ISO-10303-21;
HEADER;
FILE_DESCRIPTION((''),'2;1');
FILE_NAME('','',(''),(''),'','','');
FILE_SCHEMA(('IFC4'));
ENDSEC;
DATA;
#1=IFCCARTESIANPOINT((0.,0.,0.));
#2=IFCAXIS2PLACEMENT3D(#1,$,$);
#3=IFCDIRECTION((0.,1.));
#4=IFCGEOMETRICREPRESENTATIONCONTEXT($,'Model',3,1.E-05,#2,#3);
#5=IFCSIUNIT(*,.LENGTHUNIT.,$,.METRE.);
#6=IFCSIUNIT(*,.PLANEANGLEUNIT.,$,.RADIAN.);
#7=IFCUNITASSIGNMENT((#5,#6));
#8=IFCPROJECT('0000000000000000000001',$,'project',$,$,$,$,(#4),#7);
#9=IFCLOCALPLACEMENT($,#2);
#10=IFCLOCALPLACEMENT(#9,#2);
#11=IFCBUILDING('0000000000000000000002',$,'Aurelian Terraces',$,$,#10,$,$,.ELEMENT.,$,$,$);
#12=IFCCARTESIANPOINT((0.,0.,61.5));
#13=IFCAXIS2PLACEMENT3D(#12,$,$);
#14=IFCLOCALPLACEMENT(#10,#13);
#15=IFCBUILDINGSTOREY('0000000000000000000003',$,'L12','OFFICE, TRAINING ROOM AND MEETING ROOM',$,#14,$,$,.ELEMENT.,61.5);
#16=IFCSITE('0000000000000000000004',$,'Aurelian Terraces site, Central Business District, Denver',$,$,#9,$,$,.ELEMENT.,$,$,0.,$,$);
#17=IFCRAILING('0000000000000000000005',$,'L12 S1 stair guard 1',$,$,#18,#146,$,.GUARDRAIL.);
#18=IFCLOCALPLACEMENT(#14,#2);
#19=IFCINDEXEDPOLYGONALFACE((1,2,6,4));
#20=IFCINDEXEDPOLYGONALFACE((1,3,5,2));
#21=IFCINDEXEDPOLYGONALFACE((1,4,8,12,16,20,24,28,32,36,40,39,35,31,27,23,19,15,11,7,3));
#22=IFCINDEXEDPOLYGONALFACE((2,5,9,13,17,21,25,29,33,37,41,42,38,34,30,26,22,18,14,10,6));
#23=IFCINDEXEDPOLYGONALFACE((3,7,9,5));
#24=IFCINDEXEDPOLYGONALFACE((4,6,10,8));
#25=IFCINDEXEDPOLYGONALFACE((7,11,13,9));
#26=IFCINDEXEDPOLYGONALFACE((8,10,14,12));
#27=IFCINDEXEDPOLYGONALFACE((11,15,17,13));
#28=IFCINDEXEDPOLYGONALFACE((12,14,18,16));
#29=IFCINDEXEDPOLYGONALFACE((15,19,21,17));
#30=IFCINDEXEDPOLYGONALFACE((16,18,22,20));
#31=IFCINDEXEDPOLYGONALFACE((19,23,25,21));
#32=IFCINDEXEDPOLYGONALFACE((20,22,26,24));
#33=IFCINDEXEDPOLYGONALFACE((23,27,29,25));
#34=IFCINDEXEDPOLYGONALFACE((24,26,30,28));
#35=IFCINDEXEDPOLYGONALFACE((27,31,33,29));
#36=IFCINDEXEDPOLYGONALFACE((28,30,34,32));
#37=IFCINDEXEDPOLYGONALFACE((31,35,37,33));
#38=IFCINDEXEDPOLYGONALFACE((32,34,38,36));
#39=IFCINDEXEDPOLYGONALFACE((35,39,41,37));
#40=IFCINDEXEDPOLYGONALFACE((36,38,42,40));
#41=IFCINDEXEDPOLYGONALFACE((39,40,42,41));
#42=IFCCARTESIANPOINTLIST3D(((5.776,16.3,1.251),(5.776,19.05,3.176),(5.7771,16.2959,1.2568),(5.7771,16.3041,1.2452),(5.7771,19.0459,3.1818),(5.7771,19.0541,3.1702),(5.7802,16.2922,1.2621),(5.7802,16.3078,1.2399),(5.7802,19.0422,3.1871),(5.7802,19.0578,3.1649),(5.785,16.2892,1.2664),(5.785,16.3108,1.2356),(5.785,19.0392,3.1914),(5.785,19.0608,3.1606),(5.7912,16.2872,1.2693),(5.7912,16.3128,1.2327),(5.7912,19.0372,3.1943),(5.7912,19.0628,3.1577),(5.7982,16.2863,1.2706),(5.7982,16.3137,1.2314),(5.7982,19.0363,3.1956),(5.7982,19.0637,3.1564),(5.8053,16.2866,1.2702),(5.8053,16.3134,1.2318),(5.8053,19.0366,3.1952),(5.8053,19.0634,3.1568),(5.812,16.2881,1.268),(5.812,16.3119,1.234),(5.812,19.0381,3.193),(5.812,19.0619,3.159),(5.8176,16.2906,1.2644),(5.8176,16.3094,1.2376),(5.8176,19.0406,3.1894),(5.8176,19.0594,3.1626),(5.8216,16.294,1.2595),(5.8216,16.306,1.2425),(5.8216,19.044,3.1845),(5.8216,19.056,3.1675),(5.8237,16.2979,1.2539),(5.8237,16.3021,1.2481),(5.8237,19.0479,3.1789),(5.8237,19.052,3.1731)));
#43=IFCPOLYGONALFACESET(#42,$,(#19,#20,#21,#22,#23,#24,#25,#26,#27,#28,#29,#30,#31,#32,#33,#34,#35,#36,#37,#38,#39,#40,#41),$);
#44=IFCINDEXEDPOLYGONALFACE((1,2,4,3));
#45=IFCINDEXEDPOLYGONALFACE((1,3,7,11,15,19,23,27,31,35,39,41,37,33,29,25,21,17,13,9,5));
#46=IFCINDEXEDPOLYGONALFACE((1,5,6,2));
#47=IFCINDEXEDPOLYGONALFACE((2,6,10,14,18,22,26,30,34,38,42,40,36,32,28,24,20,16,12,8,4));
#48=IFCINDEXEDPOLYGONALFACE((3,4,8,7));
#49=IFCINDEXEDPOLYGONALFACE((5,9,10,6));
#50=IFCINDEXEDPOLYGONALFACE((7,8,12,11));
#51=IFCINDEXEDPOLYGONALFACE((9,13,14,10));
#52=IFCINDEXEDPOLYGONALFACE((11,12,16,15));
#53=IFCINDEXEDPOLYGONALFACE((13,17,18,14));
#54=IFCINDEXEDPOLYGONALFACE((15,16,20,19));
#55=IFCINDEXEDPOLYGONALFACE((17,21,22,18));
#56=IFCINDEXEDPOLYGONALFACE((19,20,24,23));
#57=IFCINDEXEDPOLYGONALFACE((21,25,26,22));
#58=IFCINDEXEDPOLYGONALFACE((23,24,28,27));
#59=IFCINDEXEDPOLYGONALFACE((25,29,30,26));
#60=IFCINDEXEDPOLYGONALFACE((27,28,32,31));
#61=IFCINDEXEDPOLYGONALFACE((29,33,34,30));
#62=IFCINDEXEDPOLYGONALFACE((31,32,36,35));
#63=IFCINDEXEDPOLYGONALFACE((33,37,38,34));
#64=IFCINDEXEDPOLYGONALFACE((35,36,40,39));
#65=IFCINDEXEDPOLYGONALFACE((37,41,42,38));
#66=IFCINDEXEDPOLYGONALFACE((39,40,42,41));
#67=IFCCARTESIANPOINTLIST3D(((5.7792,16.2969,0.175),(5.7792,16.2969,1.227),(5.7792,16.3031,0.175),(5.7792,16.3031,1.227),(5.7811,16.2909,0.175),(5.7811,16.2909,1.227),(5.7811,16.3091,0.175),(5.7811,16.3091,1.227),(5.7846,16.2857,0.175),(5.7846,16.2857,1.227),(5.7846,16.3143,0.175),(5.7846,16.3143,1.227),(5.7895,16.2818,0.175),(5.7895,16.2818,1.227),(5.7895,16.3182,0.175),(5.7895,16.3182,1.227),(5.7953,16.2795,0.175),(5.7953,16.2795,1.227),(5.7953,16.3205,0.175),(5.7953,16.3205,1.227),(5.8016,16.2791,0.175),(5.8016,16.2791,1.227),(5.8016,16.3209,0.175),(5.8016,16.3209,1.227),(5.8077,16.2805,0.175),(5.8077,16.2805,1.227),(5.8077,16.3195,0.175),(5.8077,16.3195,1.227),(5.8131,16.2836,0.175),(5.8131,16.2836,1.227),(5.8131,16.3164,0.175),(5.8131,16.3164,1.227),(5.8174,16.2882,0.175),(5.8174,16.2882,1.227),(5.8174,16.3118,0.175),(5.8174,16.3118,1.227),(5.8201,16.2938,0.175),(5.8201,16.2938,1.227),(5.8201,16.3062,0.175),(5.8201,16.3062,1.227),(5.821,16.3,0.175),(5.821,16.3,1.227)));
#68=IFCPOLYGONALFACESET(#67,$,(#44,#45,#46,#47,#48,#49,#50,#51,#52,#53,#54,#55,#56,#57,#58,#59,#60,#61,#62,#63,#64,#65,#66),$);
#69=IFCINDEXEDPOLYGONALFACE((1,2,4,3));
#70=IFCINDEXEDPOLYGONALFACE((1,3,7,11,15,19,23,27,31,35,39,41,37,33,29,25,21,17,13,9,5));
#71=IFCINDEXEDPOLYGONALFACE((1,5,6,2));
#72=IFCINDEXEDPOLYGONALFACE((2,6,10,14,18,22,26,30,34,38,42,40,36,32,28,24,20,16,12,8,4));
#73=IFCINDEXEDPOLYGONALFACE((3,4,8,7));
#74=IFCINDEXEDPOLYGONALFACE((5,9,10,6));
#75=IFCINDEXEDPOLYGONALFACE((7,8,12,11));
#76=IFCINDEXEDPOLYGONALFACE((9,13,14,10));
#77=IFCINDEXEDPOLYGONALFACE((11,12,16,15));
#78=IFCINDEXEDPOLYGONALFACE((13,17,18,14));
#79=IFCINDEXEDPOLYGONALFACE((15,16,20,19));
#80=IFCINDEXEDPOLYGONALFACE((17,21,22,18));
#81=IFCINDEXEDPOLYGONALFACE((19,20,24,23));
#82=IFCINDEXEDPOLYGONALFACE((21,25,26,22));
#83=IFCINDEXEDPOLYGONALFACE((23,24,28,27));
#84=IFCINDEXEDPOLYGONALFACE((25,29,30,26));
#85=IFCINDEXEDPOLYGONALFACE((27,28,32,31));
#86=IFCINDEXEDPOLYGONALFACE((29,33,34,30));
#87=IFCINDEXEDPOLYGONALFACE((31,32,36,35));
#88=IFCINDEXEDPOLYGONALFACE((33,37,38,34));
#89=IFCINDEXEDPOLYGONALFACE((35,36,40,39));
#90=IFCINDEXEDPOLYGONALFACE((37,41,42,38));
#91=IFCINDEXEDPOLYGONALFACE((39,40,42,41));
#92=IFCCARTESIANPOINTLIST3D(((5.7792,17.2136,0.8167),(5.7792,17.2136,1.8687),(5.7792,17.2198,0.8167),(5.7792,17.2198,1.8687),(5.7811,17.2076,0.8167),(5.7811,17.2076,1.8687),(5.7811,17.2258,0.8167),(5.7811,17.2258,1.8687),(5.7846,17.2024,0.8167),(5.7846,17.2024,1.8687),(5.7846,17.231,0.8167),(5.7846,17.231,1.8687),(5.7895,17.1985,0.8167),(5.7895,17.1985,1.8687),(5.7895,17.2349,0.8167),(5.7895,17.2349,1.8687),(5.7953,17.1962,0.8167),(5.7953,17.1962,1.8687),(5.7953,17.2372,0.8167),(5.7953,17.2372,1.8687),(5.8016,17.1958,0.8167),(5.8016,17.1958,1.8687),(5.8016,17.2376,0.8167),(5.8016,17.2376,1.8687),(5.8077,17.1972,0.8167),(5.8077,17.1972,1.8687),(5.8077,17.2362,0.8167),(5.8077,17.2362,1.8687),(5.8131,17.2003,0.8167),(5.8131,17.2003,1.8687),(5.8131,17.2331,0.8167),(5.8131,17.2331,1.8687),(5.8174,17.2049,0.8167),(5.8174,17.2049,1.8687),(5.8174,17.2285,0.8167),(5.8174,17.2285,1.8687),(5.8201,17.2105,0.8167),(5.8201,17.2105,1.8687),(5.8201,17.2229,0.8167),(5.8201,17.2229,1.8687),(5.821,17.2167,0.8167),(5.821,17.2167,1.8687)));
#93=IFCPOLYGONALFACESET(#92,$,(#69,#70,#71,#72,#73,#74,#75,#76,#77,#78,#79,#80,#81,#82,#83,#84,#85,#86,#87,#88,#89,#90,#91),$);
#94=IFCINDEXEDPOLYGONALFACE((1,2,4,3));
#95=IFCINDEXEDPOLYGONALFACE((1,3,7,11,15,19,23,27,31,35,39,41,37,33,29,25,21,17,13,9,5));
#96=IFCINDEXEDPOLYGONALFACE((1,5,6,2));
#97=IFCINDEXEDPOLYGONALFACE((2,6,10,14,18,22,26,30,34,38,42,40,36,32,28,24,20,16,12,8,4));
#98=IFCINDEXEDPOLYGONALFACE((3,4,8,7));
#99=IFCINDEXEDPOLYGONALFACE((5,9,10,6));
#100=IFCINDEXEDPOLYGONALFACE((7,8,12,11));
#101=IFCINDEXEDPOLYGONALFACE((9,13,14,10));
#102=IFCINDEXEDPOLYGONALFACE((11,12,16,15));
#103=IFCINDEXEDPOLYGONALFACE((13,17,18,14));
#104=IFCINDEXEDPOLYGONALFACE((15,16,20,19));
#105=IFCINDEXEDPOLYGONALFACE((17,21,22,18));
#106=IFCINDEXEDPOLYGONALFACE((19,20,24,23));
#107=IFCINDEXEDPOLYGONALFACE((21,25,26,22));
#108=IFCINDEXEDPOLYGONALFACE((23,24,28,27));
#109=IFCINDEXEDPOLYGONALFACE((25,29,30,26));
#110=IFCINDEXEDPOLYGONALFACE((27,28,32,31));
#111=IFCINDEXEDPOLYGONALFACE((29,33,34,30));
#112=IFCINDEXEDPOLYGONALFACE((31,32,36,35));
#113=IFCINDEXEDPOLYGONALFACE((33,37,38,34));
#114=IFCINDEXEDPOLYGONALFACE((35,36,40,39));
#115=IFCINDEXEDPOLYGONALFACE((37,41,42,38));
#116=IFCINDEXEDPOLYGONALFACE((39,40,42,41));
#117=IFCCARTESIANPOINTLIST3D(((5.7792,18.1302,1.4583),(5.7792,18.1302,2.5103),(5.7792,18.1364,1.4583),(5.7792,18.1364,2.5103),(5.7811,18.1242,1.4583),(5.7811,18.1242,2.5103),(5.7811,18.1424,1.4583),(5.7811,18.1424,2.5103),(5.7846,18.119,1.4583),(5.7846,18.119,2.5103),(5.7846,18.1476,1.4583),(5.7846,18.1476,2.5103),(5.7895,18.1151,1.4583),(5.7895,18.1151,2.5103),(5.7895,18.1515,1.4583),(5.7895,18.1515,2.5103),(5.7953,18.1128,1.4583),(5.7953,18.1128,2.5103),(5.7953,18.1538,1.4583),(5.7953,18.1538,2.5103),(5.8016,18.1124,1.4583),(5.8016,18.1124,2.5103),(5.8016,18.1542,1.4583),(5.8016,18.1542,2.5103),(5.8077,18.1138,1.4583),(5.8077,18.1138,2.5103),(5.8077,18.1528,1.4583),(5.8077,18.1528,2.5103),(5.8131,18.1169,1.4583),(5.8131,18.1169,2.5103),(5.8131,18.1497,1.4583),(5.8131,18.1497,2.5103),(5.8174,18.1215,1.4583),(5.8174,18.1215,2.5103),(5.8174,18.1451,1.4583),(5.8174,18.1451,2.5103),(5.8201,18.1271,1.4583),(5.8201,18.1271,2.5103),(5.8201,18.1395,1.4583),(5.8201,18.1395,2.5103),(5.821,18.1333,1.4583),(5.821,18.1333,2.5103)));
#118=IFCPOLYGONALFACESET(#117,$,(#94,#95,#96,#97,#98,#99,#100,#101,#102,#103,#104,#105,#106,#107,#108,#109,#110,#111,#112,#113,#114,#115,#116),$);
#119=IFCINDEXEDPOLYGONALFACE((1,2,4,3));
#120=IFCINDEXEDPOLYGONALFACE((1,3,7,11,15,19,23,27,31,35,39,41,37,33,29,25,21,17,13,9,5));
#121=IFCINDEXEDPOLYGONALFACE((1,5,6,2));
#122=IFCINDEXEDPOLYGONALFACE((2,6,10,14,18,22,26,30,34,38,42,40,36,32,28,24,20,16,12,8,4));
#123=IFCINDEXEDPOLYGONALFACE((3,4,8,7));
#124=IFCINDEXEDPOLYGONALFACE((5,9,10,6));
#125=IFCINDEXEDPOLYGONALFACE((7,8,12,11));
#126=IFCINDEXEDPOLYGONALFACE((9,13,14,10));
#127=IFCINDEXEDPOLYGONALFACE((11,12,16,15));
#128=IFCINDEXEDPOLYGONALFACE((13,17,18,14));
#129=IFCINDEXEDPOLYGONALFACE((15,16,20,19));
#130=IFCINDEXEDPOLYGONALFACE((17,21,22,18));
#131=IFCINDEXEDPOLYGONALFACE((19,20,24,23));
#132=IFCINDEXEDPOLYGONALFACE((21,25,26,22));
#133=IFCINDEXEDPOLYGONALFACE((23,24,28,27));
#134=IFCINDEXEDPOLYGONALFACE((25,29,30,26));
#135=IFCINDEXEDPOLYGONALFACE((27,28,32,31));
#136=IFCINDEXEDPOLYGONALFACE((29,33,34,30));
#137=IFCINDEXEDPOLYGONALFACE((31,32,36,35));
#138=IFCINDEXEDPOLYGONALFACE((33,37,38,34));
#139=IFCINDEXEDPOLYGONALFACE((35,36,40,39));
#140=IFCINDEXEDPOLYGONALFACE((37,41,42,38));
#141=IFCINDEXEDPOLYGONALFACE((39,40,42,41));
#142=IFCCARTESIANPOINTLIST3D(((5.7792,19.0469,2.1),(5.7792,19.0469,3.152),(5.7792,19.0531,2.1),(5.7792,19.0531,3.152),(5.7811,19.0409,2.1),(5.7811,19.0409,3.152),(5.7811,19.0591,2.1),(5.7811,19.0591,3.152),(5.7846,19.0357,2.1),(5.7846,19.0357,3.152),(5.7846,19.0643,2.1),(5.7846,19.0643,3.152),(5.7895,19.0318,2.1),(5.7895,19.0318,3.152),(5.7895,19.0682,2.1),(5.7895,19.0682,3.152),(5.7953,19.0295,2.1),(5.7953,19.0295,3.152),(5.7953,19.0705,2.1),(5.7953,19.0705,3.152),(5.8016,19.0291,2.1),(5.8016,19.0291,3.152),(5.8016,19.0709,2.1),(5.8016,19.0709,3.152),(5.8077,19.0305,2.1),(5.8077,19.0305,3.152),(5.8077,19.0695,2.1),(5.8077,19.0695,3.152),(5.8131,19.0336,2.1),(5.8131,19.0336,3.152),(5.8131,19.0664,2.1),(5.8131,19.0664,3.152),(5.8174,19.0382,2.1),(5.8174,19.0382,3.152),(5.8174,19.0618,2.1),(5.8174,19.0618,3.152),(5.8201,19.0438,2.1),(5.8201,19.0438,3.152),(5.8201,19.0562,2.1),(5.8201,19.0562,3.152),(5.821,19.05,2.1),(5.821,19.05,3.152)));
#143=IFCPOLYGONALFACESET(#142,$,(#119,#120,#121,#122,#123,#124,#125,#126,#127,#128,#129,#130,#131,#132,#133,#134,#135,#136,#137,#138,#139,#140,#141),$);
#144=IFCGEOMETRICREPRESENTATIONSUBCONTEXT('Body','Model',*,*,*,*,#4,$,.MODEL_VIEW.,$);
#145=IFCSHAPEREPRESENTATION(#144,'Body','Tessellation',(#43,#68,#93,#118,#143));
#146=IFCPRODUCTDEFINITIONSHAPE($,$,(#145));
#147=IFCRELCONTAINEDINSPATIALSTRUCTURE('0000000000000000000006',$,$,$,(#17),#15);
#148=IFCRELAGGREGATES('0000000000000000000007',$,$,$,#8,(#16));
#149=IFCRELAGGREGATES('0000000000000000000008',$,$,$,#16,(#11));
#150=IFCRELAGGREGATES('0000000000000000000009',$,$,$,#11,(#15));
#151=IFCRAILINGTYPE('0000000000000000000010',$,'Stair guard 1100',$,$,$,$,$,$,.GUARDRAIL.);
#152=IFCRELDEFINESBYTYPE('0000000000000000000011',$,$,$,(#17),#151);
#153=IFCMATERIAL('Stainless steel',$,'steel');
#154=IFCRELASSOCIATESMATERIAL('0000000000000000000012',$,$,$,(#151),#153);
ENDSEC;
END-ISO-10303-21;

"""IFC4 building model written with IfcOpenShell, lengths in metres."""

from ifc_helpers import new_model, si_unit, direction, frame, origin, origin_2d, place, context, subcontext, project, spatial, circle, extrude, source, transform, mapped, material, type_object, element, save


model = new_model("IFC4")

# Units and contexts
model_context = context("Model", 3, precision=1e-05, world=origin(), true_north=direction((0.0, 1.0)))
body_context = subcontext(model_context, "Body", "Model", "MODEL_VIEW")
ifc_project = project(units=[si_unit("LENGTHUNIT", "METRE"), si_unit("PLANEANGLEUNIT", "RADIAN")], contexts=[model_context])

# Site, building, storey
site_placement = place(None, origin())
site = spatial("IfcSite", under=ifc_project, at=site_placement, Name="Aurelian Terraces site, Central Business District, Denver", CompositionType="ELEMENT", RefElevation=0.0)
building_placement = place(site_placement, origin())
building = spatial("IfcBuilding", under=site, at=building_placement, Name="Aurelian Terraces", CompositionType="ELEMENT")
storey_placement = place(building_placement, frame((0.0, 0.0, 61.5)))
storey = spatial("IfcBuildingStorey", under=building, at=storey_placement, Name="L12", Description="OFFICE, TRAINING ROOM AND MEETING ROOM", CompositionType="ELEMENT", Elevation=61.5)

# Shared definitions
ifc_material_1 = material(Name="Stainless steel", Category="steel")

# Railing
railing_type_1 = type_object("IfcRailingType", Name="Stair guard 1100", PredefinedType="GUARDRAIL", material=ifc_material_1)
shared_shape_1 = source(origin(), body_context, "Body", "SweptSolid", [
    extrude(circle(Radius=0.024, at=origin_2d()), frame((0.0, 0.0, 1.076), z_axis=(0.0, 0.819232, 0.573462), x_axis=(-1.0, 0.0, 0.0)), (0.0, 0.0, 1.0), 3.3568),
    extrude(circle(Radius=0.021, at=origin_2d()), origin(), (0.0, 0.0, 1.0), 1.052),
    extrude(circle(Radius=0.021, at=origin_2d()), frame((0.0, 0.9167, 0.6417)), (0.0, 0.0, 1.0), 1.052),
    extrude(circle(Radius=0.021, at=origin_2d()), frame((0.0, 1.8333, 1.2833)), (0.0, 0.0, 1.0), 1.052),
    extrude(circle(Radius=0.021, at=origin_2d()), frame((0.0, 2.75, 1.925)), (0.0, 0.0, 1.0), 1.052),
])
railing_1_placement = place(storey_placement, frame((5.8, 16.3, 0.175)))
element("IfcRailing", 1, at=railing_1_placement, inside=storey, type_object=railing_type_1, Name="L12 S1 stair guard 1", PredefinedType="GUARDRAIL", context=body_context, shape_type="MappedRepresentation", body=[
    mapped(shared_shape_1, transform((0.0, 0.0, 0.0), scale=1.0)),
])

save(model, "model.ifc")
